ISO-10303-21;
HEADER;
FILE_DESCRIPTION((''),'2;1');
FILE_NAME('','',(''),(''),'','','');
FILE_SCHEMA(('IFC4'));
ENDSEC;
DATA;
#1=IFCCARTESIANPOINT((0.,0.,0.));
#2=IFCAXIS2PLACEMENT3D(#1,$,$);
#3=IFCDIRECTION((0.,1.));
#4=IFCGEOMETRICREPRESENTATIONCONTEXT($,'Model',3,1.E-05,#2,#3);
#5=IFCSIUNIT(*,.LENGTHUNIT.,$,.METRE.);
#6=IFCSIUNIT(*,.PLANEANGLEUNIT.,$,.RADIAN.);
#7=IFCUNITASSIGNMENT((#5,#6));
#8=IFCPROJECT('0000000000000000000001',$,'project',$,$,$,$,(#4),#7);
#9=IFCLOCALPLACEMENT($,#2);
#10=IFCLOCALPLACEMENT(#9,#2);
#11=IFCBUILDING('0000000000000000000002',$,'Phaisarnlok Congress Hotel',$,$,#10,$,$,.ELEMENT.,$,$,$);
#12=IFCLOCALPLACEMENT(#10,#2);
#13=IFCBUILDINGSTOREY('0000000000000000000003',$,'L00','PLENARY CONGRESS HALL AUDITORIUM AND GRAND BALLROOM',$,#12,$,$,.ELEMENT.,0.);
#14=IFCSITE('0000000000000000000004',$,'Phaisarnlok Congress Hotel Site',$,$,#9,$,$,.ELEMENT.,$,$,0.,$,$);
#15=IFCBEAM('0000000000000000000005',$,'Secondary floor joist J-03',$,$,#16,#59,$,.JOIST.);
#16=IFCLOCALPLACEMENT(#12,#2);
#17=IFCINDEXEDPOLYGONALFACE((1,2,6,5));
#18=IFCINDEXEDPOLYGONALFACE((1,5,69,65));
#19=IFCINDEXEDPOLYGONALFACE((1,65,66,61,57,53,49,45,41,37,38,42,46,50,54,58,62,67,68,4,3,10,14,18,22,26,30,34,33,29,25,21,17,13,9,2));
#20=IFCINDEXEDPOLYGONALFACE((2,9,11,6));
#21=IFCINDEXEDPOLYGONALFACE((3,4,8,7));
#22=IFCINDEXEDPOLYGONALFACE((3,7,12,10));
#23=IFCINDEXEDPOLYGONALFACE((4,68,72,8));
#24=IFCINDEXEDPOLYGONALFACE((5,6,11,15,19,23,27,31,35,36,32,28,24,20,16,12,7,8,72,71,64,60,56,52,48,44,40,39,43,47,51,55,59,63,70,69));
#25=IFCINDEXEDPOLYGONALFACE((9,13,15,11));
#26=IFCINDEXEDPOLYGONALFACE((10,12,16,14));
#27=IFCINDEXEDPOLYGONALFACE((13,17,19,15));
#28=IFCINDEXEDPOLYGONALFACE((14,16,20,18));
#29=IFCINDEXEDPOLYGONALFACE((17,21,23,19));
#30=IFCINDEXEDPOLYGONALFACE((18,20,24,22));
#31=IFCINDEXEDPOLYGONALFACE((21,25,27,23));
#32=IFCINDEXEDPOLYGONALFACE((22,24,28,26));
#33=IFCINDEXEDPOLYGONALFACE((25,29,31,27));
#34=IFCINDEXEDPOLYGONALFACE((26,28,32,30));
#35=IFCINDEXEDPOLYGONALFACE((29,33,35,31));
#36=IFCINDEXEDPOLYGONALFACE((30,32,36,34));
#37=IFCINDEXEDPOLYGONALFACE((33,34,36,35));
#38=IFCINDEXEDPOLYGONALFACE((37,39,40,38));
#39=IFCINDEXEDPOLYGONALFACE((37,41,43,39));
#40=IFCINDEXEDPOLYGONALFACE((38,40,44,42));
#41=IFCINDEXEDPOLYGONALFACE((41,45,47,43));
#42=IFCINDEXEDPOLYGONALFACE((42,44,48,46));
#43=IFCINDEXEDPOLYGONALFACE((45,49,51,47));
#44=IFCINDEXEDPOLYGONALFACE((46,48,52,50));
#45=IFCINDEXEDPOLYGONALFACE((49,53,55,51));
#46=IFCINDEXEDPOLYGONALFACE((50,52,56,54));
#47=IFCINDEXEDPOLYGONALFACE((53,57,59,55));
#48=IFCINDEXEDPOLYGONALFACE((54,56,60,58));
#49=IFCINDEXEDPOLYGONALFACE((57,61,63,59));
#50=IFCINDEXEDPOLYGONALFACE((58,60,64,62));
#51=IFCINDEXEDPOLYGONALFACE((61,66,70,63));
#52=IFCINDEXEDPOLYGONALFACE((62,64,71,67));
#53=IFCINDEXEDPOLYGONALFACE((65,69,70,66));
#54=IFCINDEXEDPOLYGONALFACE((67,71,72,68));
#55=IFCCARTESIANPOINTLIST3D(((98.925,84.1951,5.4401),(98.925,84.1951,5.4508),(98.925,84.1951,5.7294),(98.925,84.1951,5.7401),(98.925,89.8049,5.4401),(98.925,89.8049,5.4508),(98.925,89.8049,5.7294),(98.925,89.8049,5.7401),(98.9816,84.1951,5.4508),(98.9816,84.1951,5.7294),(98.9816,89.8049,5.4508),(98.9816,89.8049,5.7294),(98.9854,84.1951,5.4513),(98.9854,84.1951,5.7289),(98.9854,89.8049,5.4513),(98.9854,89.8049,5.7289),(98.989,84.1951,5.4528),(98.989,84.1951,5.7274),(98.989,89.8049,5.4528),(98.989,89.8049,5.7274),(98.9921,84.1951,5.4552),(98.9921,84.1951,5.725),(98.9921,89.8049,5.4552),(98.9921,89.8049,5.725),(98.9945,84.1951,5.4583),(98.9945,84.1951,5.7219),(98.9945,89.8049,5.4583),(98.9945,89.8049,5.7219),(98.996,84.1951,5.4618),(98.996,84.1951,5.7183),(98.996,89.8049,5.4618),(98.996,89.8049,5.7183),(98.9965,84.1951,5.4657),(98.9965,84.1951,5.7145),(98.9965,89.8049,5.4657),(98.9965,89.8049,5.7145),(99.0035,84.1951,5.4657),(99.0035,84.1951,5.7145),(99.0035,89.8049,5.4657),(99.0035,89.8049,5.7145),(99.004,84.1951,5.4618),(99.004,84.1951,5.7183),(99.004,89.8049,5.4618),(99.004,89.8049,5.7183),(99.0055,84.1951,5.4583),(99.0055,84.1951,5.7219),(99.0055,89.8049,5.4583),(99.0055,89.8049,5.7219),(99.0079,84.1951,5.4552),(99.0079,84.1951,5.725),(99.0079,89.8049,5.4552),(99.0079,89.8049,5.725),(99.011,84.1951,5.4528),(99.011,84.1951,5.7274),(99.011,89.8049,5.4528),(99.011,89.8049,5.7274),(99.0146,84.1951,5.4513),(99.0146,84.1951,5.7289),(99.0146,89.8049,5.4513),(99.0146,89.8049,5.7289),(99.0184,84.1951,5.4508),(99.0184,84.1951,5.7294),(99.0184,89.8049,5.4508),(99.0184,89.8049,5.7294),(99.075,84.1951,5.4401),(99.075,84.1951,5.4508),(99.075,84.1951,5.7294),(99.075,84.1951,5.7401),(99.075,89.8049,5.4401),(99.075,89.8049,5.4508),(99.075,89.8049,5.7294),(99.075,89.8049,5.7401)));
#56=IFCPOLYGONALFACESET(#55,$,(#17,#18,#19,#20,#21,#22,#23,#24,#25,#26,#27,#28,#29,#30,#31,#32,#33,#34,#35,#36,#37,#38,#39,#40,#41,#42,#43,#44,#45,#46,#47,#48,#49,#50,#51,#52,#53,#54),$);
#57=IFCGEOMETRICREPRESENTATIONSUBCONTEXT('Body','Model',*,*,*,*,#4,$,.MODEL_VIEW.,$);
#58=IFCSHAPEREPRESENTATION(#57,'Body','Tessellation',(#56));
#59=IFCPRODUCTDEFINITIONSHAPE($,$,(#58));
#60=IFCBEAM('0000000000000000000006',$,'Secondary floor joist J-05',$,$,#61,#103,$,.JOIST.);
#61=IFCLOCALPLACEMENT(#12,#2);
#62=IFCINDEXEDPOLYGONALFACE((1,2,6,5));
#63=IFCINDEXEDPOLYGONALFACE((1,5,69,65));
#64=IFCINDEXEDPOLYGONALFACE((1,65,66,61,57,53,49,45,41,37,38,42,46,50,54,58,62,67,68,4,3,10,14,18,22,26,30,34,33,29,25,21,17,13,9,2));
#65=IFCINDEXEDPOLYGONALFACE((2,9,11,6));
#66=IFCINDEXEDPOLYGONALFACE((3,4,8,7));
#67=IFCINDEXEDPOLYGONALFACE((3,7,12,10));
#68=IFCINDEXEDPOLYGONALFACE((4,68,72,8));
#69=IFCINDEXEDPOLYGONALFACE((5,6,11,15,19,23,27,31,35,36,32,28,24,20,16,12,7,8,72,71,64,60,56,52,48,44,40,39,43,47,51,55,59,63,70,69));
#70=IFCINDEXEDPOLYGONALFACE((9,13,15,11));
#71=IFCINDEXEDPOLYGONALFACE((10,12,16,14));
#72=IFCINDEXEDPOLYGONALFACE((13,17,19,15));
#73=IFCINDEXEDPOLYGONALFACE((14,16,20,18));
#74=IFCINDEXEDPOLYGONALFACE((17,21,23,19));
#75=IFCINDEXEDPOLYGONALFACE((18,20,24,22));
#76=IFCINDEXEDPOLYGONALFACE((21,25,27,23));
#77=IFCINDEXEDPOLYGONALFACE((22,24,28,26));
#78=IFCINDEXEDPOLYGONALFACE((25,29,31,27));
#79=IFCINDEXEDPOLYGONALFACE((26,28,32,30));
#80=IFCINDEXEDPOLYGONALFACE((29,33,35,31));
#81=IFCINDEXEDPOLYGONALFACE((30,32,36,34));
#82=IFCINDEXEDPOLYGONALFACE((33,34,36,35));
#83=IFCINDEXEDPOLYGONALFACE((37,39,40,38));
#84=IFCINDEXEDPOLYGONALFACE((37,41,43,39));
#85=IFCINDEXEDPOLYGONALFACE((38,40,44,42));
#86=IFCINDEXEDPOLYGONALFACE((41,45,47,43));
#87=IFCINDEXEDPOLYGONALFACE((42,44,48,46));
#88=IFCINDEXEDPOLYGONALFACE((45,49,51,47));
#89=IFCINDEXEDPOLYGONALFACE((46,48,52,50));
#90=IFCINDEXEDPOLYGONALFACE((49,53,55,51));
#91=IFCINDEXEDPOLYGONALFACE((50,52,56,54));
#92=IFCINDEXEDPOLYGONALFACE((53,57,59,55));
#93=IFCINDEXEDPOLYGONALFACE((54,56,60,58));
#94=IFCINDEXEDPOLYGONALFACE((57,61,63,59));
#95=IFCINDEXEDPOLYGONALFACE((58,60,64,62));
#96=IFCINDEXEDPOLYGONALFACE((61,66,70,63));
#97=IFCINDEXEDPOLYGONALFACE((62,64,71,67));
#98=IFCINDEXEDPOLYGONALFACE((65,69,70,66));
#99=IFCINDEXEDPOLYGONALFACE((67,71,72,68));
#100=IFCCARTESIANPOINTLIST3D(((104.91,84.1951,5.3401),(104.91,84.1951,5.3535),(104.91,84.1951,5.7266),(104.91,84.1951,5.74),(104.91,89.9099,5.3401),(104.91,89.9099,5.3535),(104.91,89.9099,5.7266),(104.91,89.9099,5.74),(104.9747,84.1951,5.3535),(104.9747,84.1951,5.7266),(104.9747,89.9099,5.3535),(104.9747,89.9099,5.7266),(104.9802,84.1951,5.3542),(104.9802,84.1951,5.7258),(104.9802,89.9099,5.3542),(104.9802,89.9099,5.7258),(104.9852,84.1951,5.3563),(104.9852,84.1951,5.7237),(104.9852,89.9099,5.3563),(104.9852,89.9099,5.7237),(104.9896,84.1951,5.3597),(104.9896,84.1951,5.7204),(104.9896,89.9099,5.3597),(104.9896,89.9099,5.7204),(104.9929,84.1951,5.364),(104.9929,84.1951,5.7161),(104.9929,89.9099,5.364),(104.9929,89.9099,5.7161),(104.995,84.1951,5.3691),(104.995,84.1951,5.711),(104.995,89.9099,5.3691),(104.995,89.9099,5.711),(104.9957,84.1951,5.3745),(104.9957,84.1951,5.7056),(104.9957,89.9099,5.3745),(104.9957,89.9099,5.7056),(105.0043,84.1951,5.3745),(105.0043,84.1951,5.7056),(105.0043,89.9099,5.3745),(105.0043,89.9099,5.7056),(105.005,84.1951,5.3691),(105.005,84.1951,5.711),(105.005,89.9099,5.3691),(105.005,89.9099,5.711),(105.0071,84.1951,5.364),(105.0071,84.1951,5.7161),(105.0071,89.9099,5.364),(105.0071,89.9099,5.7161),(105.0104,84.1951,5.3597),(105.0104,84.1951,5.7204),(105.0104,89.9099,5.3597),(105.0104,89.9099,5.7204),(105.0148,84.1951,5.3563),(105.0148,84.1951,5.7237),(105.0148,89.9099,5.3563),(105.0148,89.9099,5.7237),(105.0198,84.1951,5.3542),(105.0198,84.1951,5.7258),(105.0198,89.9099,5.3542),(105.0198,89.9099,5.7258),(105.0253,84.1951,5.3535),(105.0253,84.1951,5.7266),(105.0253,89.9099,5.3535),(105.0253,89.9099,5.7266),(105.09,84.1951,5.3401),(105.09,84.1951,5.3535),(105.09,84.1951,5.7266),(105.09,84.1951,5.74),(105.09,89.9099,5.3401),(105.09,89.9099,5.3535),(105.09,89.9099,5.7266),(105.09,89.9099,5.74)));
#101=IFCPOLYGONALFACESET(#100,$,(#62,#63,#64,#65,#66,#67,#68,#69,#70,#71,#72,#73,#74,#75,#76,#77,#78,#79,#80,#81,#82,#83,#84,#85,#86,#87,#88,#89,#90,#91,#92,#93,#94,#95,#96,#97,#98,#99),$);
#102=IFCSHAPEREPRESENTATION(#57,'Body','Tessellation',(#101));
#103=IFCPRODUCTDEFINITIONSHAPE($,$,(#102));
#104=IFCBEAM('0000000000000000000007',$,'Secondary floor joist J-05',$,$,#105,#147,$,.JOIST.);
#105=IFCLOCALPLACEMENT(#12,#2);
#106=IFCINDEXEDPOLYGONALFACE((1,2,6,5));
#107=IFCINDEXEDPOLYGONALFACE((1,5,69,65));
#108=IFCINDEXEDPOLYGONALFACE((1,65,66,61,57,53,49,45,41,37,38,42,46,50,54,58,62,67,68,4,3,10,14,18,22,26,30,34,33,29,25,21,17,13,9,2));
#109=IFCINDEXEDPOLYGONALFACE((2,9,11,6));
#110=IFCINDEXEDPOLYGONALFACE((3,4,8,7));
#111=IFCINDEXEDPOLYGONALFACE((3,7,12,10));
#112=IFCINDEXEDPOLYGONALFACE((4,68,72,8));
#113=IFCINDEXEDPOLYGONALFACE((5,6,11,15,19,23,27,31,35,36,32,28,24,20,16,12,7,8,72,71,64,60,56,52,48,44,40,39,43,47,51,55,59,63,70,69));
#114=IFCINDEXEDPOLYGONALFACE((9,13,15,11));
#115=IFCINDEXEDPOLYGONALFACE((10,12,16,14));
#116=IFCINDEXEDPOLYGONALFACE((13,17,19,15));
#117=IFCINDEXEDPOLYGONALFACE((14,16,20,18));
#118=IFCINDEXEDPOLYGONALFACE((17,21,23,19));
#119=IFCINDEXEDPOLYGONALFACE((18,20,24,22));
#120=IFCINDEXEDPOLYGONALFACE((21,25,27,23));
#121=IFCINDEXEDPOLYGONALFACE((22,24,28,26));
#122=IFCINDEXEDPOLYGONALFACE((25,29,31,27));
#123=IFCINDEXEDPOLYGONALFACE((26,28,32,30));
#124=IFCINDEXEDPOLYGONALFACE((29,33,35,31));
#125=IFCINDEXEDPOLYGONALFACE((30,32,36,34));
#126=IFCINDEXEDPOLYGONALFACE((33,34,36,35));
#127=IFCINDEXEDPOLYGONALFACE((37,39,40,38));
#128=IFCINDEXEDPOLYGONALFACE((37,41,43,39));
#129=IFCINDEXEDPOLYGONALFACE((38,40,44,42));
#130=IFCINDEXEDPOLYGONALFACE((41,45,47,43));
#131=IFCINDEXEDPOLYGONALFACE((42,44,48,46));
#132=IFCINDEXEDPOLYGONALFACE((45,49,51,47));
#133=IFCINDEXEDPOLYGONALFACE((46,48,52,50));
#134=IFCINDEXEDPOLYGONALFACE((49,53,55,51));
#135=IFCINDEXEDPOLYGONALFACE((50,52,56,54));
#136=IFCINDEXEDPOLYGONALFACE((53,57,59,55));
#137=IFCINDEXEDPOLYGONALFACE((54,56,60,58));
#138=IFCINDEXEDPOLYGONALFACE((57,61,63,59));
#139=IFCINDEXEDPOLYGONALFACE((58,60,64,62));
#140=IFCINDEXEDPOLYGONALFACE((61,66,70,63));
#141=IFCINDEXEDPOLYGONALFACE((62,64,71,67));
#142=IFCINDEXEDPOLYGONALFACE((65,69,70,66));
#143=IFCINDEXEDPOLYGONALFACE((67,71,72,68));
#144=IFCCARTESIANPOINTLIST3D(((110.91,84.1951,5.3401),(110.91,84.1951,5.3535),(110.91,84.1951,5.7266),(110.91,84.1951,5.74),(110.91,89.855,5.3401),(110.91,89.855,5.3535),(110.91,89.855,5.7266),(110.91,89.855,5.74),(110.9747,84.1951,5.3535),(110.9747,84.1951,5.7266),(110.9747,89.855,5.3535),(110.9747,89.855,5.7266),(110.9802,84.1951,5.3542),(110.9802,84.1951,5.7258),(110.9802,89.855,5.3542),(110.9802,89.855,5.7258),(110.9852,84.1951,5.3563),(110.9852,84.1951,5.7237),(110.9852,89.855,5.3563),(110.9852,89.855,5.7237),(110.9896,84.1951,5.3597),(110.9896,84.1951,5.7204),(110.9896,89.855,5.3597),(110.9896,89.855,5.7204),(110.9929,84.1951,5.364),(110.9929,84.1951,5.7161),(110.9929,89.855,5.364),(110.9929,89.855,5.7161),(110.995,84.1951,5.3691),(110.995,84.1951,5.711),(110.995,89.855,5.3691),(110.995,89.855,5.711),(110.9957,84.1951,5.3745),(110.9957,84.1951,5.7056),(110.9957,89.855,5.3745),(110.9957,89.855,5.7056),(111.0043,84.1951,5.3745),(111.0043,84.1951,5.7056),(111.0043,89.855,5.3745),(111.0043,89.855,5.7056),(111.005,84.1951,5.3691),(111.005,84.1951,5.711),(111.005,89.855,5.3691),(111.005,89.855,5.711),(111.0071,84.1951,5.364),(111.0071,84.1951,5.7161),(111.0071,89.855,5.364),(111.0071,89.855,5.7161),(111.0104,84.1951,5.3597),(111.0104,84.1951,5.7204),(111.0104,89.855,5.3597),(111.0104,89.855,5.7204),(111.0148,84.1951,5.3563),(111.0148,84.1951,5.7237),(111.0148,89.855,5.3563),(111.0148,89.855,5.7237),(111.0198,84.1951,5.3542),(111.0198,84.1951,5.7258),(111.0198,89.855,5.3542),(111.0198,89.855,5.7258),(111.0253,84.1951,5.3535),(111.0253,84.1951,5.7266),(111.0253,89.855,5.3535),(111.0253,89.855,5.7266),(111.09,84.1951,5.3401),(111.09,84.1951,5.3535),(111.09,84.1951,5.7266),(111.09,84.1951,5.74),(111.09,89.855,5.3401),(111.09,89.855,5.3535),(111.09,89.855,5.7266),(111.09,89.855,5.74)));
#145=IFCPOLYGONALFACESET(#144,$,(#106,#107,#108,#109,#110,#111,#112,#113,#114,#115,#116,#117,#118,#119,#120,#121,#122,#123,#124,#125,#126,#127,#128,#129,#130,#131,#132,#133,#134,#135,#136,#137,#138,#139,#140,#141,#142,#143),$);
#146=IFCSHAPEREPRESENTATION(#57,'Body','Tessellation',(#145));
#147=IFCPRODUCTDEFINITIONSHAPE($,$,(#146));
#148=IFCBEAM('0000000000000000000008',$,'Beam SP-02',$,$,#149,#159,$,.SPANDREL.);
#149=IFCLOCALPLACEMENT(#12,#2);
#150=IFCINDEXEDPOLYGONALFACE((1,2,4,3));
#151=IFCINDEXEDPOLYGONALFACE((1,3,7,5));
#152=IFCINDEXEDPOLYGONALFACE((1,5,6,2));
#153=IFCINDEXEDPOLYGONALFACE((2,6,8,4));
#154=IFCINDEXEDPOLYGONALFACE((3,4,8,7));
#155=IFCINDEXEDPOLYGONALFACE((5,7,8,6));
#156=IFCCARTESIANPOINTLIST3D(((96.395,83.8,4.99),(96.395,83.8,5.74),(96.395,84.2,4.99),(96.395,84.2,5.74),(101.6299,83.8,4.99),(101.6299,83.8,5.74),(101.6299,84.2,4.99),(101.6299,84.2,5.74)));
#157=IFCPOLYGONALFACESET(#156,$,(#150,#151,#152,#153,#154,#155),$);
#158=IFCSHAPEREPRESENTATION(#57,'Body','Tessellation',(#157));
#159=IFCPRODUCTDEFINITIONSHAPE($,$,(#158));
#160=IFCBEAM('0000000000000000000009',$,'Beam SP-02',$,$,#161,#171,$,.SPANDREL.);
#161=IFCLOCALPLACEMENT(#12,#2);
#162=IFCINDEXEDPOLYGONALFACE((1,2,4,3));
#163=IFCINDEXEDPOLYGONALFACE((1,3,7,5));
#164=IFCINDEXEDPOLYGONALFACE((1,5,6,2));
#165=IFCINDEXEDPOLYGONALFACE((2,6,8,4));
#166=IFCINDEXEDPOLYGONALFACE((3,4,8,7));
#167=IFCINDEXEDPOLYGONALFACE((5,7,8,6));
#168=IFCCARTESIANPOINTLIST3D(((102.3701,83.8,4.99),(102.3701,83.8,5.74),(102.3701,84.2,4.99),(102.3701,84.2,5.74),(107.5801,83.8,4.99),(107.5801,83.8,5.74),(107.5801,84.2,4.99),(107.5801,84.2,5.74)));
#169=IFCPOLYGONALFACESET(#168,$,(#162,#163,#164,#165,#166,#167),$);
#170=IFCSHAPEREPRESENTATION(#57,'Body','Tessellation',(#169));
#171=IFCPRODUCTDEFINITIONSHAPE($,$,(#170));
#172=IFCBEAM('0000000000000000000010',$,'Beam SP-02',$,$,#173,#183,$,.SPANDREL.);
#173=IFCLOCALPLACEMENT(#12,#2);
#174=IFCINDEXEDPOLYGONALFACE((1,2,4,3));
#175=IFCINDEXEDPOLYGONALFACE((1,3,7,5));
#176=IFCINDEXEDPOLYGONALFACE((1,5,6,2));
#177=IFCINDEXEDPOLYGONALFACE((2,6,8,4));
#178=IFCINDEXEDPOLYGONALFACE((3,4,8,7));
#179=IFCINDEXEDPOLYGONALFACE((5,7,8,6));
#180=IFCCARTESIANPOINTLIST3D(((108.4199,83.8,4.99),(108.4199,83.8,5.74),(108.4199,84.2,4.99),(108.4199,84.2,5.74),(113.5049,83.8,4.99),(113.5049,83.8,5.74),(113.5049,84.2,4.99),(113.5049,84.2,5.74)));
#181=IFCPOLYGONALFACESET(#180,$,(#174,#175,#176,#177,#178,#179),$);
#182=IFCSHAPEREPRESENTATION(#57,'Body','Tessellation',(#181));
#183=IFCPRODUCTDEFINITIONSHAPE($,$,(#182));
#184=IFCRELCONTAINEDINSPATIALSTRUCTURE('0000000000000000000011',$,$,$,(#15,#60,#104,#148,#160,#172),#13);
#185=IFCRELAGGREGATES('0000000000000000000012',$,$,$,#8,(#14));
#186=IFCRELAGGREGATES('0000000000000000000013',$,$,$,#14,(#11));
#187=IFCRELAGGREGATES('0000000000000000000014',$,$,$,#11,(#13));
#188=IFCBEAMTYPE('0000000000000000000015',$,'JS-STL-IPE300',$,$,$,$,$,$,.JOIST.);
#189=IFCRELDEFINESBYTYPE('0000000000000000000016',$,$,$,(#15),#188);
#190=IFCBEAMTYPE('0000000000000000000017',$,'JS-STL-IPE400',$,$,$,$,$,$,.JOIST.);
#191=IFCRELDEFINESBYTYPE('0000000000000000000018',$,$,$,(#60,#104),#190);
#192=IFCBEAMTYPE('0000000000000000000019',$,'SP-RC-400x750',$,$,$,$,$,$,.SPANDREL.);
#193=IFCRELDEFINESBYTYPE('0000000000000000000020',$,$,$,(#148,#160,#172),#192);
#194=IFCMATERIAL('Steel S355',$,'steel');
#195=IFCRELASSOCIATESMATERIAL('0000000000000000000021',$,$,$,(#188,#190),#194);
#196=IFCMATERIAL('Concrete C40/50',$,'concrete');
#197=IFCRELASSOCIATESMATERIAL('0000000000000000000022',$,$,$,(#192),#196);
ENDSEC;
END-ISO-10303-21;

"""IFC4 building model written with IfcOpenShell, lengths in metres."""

from ifc_helpers import new_model, si_unit, direction, frame, origin, origin_2d, place, context, subcontext, project, spatial, rectangle, i_section, extrude, material, material_profile, profile_set, type_object, element, save


model = new_model("IFC4")

# Units and contexts
model_context = context("Model", 3, precision=1e-05, world=origin(), true_north=direction((0.0, 1.0)))
body_context = subcontext(model_context, "Body", "Model", "MODEL_VIEW")
ifc_project = project(units=[si_unit("LENGTHUNIT", "METRE"), si_unit("PLANEANGLEUNIT", "RADIAN")], contexts=[model_context])

# Site, building, storey
site_placement = place(None, origin())
site = spatial("IfcSite", under=ifc_project, at=site_placement, Name="Phaisarnlok Congress Hotel Site", CompositionType="ELEMENT", RefElevation=0.0)
building_placement = place(site_placement, origin())
building = spatial("IfcBuilding", under=site, at=building_placement, Name="Phaisarnlok Congress Hotel", CompositionType="ELEMENT")
storey_placement = place(building_placement, origin())
storey = spatial("IfcBuildingStorey", under=building, at=storey_placement, Name="L00", Description="PLENARY CONGRESS HALL AUDITORIUM AND GRAND BALLROOM", CompositionType="ELEMENT", Elevation=0.0)

# Shared definitions
ifc_material_1 = material(Name="Steel S355", Category="steel")

# Beams
ifc_material_2 = material(Name="Concrete C40/50", Category="concrete")
ifc_material_profile_1 = material_profile(ifc_material_1, i_section(OverallWidth=0.1499, OverallDepth=0.3, WebThickness=0.0071, FlangeThickness=0.0107, FilletRadius=0.0149, at=origin_2d()), Name="IPE 300")
ifc_profile_set_1 = profile_set([ifc_material_profile_1], Name="Steel S355")
beam_type_1 = type_object("IfcBeamType", Name="JS-STL-IPE300", PredefinedType="JOIST", material=ifc_profile_set_1)
beam_1_placement = place(storey_placement, frame((99.0, 84.1951, 5.5901), z_axis=(0.0, 1.0, 0.0), x_axis=(-1.0, 0.0, 0.0)))
element("IfcBeam", 1, at=beam_1_placement, inside=storey, type_object=beam_type_1, Name="Secondary floor joist J-03", PredefinedType="JOIST", context=body_context, shape_type="SweptSolid", body=[
    extrude(i_section(OverallWidth=0.1499, OverallDepth=0.3, WebThickness=0.0071, FlangeThickness=0.0107, FilletRadius=0.0149, at=origin_2d()), origin(), (0.0, 0.0, 1.0), 5.6099),
])
ifc_material_profile_2 = material_profile(ifc_material_1, i_section(OverallWidth=0.1799, OverallDepth=0.3999, WebThickness=0.0085, FlangeThickness=0.0134, FilletRadius=0.021, at=origin_2d()), Name="IPE 400")
ifc_profile_set_2 = profile_set([ifc_material_profile_2], Name="Steel S355")
beam_type_2 = type_object("IfcBeamType", Name="JS-STL-IPE400", PredefinedType="JOIST", material=ifc_profile_set_2)
beam_2_placement = place(storey_placement, frame((105.0, 84.1951, 5.54), z_axis=(0.0, 1.0, 0.0), x_axis=(-1.0, 0.0, 0.0)))
element("IfcBeam", 2, at=beam_2_placement, inside=storey, type_object=beam_type_2, Name="Secondary floor joist J-05", PredefinedType="JOIST", context=body_context, shape_type="SweptSolid", body=[
    extrude(i_section(OverallWidth=0.1799, OverallDepth=0.3999, WebThickness=0.0085, FlangeThickness=0.0134, FilletRadius=0.021, at=origin_2d()), origin(), (0.0, 0.0, 1.0), 5.7148),
])
beam_3_placement = place(storey_placement, frame((111.0, 84.1951, 5.54), z_axis=(0.0, 1.0, 0.0), x_axis=(-1.0, 0.0, 0.0)))
element("IfcBeam", 3, at=beam_3_placement, inside=storey, type_object=beam_type_2, Name="Secondary floor joist J-05", PredefinedType="JOIST", context=body_context, shape_type="SweptSolid", body=[
    extrude(i_section(OverallWidth=0.1799, OverallDepth=0.3999, WebThickness=0.0085, FlangeThickness=0.0134, FilletRadius=0.021, at=origin_2d()), origin(), (0.0, 0.0, 1.0), 5.6599),
])
ifc_material_profile_3 = material_profile(ifc_material_2, rectangle(XDim=0.3999, YDim=0.75, at=origin_2d()), Name="RC 400x750")
ifc_profile_set_3 = profile_set([ifc_material_profile_3], Name="Concrete C40/50")
beam_type_3 = type_object("IfcBeamType", Name="SP-RC-400x750", PredefinedType="SPANDREL", material=ifc_profile_set_3)
beam_4_placement = place(storey_placement, frame((96.395, 84.0, 5.365), z_axis=(1.0, 0.0, 0.0), x_axis=(0.0, 1.0, 0.0)))
element("IfcBeam", 4, at=beam_4_placement, inside=storey, type_object=beam_type_3, Name="Beam SP-02", PredefinedType="SPANDREL", context=body_context, shape_type="SweptSolid", body=[
    extrude(rectangle(XDim=0.3999, YDim=0.75, at=origin_2d()), origin(), (0.0, 0.0, 1.0), 5.2349),
])
beam_5_placement = place(storey_placement, frame((102.3701, 84.0, 5.365), z_axis=(1.0, 0.0, 0.0), x_axis=(0.0, 1.0, 0.0)))
element("IfcBeam", 5, at=beam_5_placement, inside=storey, type_object=beam_type_3, Name="Beam SP-02", PredefinedType="SPANDREL", context=body_context, shape_type="SweptSolid", body=[
    extrude(rectangle(XDim=0.3999, YDim=0.75, at=origin_2d()), origin(), (0.0, 0.0, 1.0), 5.21),
])
beam_6_placement = place(storey_placement, frame((108.4199, 84.0, 5.365), z_axis=(1.0, 0.0, 0.0), x_axis=(0.0, 1.0, 0.0)))
element("IfcBeam", 6, at=beam_6_placement, inside=storey, type_object=beam_type_3, Name="Beam SP-02", PredefinedType="SPANDREL", context=body_context, shape_type="SweptSolid", body=[
    extrude(rectangle(XDim=0.3999, YDim=0.75, at=origin_2d()), origin(), (0.0, 0.0, 1.0), 5.085),
])

save(model, "model.ifc")
